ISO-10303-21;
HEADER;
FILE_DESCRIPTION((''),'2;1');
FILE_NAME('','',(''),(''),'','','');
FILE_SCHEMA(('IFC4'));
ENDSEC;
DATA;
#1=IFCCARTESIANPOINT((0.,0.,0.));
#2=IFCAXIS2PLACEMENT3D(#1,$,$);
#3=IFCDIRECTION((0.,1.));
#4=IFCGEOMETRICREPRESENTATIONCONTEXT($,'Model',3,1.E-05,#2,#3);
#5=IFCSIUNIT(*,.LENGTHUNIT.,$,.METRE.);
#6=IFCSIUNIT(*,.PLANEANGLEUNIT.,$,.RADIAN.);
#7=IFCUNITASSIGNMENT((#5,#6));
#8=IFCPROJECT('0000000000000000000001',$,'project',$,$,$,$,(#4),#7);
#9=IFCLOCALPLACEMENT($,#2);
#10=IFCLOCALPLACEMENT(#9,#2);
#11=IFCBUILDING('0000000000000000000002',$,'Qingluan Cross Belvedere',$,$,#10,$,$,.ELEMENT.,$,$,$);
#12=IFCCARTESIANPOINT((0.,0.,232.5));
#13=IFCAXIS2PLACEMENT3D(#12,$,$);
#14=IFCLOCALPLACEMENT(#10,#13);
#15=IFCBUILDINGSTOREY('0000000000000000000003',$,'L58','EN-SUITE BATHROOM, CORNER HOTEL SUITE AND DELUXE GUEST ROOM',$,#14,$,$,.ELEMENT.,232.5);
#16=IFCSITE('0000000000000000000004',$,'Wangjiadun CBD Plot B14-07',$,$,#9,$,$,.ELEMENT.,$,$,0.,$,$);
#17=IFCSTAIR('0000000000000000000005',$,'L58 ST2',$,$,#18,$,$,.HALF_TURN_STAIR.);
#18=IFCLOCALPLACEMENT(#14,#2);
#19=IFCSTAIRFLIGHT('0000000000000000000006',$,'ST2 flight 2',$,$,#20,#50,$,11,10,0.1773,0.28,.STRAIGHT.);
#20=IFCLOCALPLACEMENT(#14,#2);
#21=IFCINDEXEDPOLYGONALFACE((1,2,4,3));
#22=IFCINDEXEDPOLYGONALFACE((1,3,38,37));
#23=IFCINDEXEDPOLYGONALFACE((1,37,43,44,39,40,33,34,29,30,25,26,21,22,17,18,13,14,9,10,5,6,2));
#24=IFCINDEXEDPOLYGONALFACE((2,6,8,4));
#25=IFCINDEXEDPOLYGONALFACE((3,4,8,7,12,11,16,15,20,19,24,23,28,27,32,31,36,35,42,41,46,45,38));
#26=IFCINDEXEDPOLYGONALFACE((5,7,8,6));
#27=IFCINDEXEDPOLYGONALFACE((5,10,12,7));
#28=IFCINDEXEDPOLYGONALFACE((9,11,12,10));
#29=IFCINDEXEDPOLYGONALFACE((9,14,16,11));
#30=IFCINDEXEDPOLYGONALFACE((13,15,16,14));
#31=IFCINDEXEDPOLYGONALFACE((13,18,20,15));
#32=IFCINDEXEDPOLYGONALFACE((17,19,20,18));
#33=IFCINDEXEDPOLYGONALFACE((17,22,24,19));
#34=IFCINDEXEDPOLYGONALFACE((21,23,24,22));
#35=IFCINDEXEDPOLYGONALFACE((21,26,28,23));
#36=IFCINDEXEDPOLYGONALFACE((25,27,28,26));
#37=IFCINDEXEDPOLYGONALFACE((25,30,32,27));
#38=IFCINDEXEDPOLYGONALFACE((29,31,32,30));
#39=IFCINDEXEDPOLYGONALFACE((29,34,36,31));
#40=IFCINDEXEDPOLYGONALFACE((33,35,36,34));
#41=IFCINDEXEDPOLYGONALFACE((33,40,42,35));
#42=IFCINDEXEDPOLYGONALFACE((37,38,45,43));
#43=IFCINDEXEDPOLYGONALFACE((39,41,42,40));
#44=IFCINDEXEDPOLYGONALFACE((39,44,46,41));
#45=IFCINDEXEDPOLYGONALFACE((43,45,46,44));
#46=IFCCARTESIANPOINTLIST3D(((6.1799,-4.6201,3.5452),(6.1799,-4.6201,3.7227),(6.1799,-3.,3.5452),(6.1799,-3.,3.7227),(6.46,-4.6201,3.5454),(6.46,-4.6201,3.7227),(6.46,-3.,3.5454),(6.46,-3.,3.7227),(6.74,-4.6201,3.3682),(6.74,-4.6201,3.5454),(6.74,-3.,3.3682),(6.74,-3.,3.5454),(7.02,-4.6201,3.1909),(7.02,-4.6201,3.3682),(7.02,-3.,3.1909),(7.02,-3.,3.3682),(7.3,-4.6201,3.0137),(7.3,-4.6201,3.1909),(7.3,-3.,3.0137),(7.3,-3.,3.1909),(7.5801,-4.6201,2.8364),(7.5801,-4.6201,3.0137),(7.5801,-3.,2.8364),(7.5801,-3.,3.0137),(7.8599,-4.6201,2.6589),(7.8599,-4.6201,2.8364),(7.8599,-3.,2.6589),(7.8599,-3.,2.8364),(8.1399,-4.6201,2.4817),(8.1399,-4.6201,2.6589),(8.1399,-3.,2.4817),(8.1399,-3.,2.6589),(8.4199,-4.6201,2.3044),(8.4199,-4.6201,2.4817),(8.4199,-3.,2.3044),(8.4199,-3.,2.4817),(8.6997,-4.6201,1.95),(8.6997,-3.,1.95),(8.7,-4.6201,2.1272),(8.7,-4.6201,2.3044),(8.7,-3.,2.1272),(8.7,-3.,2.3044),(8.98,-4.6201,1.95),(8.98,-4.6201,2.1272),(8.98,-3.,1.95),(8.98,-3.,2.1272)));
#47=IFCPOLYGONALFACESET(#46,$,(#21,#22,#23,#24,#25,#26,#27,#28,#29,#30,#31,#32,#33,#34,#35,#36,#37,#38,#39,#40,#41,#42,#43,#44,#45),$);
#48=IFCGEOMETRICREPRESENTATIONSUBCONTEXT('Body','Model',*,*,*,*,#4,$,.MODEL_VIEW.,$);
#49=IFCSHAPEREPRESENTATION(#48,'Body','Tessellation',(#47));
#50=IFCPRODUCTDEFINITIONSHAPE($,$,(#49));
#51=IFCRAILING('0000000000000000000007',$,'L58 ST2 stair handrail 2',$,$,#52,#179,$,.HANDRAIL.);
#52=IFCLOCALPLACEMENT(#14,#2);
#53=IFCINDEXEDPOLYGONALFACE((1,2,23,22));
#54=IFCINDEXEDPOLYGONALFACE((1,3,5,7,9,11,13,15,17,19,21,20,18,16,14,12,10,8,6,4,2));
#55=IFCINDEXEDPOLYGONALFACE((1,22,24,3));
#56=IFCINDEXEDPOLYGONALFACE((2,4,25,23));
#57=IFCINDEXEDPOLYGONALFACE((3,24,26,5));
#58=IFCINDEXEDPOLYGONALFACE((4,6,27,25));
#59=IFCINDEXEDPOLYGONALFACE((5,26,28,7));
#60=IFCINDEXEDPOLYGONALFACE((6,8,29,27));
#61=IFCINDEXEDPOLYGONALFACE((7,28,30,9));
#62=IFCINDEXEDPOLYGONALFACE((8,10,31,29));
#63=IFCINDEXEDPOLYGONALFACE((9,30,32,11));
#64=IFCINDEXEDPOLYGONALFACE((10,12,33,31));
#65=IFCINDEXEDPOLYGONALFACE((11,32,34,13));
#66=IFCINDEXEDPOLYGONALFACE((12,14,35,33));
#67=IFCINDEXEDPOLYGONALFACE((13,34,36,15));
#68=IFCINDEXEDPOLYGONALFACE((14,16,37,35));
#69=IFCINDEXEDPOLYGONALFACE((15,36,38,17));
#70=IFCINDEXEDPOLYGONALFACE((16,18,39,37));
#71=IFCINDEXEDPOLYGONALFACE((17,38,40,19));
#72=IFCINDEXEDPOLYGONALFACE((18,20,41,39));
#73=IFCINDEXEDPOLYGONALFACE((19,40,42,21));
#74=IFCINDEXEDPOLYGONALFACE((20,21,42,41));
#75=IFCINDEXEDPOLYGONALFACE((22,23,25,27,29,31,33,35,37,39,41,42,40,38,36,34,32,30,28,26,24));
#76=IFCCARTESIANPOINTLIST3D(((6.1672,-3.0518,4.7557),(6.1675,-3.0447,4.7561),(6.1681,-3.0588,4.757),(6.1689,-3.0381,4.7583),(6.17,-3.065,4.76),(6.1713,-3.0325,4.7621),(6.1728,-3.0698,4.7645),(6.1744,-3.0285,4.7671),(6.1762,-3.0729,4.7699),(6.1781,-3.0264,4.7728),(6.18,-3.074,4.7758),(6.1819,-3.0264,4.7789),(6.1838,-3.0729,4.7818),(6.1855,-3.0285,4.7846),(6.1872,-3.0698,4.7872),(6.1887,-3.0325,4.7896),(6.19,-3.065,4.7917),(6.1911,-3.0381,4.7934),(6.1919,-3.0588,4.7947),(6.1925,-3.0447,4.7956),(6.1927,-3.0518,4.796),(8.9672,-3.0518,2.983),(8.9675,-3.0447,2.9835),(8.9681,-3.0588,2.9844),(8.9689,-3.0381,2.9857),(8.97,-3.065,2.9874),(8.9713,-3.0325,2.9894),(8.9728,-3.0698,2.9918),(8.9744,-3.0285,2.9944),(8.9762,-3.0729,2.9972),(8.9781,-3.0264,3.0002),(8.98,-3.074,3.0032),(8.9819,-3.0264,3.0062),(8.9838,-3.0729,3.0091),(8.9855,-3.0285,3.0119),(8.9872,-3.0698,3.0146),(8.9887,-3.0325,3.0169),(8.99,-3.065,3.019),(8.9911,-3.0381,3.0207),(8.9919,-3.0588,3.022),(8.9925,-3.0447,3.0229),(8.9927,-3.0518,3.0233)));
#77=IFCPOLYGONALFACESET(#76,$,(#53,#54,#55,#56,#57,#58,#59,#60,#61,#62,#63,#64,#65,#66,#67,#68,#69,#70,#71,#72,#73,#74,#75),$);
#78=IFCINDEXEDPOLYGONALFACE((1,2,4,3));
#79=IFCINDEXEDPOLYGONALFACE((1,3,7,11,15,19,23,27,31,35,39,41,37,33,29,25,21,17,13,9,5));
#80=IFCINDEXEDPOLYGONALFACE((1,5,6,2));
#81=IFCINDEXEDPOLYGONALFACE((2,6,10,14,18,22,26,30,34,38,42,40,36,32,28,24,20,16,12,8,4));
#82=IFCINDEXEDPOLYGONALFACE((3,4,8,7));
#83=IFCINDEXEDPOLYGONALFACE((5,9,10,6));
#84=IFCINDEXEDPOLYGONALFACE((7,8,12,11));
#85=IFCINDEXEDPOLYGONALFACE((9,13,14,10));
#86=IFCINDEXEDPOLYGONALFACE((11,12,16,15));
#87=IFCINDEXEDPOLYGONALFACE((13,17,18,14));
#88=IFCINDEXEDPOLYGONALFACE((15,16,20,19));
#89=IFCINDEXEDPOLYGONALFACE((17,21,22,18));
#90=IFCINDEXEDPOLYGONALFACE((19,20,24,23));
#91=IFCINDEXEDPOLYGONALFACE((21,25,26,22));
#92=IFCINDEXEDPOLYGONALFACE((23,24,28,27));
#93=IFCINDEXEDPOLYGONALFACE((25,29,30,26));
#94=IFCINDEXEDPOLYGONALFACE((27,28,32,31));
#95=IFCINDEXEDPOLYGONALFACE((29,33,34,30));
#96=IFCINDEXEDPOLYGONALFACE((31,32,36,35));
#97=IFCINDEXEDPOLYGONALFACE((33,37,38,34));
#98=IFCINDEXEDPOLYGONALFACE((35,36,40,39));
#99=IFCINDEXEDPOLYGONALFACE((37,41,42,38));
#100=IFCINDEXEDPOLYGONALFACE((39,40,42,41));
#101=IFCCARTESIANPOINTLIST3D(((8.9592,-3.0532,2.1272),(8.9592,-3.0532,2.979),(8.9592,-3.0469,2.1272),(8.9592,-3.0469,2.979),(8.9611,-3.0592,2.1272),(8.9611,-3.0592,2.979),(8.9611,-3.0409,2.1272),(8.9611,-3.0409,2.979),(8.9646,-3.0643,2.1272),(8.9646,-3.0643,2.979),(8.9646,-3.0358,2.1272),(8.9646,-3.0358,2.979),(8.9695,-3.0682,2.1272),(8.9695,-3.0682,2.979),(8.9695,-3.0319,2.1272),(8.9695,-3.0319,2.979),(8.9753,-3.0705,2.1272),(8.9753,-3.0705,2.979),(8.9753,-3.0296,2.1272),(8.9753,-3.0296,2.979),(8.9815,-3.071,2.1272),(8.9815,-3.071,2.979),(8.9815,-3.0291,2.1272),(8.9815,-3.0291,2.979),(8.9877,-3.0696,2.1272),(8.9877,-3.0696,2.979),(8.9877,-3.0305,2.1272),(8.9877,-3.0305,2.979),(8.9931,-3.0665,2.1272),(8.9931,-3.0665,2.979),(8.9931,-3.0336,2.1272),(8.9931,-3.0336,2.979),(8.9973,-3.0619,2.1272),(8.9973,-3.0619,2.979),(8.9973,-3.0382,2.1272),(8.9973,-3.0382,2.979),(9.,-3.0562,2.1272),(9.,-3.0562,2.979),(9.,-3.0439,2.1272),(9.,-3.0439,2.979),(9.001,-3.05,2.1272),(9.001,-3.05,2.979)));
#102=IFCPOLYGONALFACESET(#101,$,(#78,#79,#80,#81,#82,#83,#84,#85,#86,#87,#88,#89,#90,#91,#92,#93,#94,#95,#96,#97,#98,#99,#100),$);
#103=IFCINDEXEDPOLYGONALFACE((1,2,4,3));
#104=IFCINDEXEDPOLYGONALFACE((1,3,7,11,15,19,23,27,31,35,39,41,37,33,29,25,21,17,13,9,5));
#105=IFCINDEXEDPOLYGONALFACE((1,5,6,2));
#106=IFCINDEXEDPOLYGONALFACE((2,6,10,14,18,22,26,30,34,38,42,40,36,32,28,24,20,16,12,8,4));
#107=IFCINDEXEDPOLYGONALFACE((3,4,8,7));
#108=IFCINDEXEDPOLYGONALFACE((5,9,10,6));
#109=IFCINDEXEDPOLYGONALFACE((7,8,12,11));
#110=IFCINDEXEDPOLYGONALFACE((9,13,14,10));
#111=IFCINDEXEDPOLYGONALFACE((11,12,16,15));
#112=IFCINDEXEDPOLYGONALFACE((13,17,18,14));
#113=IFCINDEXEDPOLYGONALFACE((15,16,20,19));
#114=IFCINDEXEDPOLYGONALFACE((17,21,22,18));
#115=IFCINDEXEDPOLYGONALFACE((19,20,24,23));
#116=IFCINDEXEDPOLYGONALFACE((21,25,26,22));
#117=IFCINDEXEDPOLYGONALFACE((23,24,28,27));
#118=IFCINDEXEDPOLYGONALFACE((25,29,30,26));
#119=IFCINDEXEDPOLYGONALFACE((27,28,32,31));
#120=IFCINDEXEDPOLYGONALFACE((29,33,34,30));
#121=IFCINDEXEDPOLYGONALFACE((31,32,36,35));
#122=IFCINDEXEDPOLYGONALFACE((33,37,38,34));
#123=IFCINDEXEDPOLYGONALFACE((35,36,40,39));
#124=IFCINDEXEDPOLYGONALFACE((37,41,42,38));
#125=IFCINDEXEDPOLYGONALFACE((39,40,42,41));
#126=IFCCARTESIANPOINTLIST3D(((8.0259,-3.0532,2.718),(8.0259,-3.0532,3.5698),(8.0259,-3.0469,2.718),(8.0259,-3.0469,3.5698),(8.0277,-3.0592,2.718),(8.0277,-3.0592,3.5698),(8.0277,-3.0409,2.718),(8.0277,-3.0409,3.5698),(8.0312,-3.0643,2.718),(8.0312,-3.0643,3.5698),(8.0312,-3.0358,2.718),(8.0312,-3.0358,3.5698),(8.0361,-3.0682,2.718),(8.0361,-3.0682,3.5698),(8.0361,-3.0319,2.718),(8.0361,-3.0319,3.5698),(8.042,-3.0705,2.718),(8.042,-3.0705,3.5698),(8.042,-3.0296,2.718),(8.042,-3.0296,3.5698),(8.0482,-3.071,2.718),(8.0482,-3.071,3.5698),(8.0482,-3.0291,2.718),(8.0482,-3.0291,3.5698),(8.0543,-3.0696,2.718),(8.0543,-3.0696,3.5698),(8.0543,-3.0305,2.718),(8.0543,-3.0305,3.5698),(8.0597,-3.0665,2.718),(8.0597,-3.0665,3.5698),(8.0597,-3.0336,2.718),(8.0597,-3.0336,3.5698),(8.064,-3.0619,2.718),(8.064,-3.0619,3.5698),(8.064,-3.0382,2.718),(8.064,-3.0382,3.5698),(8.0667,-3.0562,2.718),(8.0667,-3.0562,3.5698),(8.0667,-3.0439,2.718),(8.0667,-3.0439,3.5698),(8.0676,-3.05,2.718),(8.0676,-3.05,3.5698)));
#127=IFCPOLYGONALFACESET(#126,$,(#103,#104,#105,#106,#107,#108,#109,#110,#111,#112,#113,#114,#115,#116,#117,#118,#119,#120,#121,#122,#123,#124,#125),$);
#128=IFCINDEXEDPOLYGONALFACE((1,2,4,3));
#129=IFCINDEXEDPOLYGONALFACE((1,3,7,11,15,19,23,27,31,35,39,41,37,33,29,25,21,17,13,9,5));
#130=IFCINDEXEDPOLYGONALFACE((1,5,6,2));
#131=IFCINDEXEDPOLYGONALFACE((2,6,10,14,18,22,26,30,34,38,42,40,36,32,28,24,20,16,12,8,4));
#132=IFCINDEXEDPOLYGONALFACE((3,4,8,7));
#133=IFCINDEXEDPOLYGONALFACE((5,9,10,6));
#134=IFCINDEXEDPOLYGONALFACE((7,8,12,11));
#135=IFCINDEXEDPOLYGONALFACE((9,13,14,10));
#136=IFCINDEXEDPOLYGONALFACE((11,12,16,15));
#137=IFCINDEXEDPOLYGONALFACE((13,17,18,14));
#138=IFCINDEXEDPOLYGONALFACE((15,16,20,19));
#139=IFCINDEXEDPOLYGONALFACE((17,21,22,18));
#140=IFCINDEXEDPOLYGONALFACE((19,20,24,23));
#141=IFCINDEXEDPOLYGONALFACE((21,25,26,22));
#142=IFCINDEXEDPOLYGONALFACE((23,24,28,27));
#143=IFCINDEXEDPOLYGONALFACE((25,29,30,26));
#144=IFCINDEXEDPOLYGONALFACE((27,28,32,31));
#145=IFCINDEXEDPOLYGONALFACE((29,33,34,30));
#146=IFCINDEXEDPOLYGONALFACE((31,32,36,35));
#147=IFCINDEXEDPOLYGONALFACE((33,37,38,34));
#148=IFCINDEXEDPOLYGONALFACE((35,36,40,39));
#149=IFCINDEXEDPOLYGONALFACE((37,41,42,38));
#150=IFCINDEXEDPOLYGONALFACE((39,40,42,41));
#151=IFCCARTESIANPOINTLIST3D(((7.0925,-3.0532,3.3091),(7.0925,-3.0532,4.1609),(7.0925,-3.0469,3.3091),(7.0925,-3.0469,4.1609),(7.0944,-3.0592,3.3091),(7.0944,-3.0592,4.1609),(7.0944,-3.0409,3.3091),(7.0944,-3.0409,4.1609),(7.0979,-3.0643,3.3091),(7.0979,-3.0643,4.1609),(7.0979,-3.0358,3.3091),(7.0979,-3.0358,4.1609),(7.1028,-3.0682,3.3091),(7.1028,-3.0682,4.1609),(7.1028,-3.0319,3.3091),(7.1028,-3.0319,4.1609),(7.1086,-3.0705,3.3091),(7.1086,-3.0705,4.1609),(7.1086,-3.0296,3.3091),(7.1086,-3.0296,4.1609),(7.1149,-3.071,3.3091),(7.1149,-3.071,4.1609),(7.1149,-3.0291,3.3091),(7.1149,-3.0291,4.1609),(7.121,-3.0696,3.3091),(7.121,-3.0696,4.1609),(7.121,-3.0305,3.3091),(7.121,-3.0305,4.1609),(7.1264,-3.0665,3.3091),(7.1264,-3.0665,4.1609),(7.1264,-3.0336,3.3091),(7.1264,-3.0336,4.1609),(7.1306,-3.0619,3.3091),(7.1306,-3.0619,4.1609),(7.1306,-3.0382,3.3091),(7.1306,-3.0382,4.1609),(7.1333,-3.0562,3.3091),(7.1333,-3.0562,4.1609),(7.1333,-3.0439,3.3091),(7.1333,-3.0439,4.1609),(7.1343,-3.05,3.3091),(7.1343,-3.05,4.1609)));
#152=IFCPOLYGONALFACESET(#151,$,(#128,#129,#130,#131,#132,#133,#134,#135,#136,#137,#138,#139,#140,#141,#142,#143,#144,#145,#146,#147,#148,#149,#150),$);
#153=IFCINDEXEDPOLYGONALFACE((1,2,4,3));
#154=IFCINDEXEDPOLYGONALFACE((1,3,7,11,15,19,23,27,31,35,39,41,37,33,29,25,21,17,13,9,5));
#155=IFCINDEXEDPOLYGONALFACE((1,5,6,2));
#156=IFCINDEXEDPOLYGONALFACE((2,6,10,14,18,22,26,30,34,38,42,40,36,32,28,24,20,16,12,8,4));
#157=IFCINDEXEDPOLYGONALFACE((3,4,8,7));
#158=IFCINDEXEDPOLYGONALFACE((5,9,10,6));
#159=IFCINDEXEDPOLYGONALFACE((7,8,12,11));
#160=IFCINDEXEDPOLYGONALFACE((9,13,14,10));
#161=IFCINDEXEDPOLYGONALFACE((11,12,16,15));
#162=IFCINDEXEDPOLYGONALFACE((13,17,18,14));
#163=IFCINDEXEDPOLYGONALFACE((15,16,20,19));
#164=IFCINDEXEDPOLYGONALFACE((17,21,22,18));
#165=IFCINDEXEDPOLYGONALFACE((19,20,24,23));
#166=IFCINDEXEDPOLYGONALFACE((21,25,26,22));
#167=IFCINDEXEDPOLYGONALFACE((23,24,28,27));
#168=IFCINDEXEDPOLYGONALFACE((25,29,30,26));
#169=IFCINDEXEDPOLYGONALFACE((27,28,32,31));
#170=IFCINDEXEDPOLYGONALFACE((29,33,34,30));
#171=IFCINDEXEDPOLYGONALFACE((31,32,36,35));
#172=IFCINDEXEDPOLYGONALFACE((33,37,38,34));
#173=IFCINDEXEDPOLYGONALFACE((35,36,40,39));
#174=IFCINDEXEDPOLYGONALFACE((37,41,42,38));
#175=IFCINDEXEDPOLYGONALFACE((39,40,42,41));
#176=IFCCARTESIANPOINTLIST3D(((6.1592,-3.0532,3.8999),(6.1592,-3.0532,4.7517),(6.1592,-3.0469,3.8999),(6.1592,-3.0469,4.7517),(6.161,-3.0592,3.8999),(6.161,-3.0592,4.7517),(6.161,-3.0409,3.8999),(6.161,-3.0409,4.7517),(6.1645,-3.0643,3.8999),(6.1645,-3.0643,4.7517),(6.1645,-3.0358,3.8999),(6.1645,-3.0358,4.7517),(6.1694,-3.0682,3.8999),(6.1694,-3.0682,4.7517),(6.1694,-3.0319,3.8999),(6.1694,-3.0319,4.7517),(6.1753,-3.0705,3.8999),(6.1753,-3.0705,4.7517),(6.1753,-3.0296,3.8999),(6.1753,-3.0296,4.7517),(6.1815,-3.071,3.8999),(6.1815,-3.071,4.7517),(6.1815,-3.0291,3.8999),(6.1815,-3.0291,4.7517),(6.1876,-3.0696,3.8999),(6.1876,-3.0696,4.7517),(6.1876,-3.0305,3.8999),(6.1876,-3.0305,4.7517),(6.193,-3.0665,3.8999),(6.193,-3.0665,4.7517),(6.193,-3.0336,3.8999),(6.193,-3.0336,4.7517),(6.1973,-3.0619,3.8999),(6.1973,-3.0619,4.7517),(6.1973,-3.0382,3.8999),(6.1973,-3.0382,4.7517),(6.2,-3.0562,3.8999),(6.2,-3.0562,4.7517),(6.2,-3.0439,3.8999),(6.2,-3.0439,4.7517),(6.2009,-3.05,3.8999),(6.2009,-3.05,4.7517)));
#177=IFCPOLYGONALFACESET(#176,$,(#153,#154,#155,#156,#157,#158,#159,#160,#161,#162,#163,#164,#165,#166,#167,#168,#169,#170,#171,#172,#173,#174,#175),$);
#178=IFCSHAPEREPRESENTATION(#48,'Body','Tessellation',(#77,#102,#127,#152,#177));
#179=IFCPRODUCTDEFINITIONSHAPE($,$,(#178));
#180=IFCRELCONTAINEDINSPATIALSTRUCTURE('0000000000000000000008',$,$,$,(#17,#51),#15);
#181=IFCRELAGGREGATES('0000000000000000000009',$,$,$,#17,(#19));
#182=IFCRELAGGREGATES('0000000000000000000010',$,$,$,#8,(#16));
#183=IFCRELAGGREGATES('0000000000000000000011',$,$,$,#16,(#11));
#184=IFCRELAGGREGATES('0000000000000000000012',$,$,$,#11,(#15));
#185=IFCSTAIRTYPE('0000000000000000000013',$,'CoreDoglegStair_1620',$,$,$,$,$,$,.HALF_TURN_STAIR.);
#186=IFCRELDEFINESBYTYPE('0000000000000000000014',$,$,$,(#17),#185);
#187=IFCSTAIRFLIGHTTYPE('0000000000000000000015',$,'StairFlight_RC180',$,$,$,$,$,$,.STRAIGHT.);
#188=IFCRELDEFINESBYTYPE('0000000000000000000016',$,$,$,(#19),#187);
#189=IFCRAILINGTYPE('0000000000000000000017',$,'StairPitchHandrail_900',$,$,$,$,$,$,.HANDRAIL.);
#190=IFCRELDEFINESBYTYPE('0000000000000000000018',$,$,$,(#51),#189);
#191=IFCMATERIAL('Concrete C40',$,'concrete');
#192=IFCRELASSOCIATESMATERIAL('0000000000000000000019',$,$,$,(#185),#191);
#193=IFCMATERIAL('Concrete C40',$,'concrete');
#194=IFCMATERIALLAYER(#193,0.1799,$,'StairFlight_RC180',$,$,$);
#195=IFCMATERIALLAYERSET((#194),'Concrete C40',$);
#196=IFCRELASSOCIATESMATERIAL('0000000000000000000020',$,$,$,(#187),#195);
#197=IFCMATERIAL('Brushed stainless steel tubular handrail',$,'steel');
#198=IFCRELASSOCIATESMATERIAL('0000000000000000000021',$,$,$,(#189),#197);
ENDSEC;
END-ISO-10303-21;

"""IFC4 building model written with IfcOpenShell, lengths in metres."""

from ifc_helpers import new_model, si_unit, direction, frame, origin, origin_2d, place, context, subcontext, project, spatial, polyline, circle, outline, extrude, material, layer, layer_set, type_object, element, aggregate, save


model = new_model("IFC4")

# Units and contexts
model_context = context("Model", 3, precision=1e-05, world=origin(), true_north=direction((0.0, 1.0)))
body_context = subcontext(model_context, "Body", "Model", "MODEL_VIEW")
ifc_project = project(units=[si_unit("LENGTHUNIT", "METRE"), si_unit("PLANEANGLEUNIT", "RADIAN")], contexts=[model_context])

# Site, building, storey
site_placement = place(None, origin())
site = spatial("IfcSite", under=ifc_project, at=site_placement, Name="Wangjiadun CBD Plot B14-07", CompositionType="ELEMENT", RefElevation=0.0)
building_placement = place(site_placement, origin())
building = spatial("IfcBuilding", under=site, at=building_placement, Name="Qingluan Cross Belvedere", CompositionType="ELEMENT")
storey_placement = place(building_placement, frame((0.0, 0.0, 232.5)))
storey = spatial("IfcBuildingStorey", under=building, at=storey_placement, Name="L58", Description="EN-SUITE BATHROOM, CORNER HOTEL SUITE AND DELUXE GUEST ROOM", CompositionType="ELEMENT", Elevation=232.5)

# Stair, stair flight
ifc_material_1 = material(Name="Concrete C40", Category="concrete")
stair_type = type_object("IfcStairType", Name="CoreDoglegStair_1620", PredefinedType="HALF_TURN_STAIR", material=ifc_material_1)
stair_placement = place(storey_placement, origin())
stair = element("IfcStair", 1, at=stair_placement, inside=storey, type_object=stair_type, Name="L58 ST2", PredefinedType="HALF_TURN_STAIR")
ifc_material_2 = material(Name="Concrete C40", Category="concrete")
ifc_layer_1 = layer(ifc_material_2, 0.1799, Name="StairFlight_RC180")
ifc_layer_set_1 = layer_set([ifc_layer_1], Name="Concrete C40")
stair_flight_type = type_object("IfcStairFlightType", Name="StairFlight_RC180", PredefinedType="STRAIGHT", material=ifc_layer_set_1)
stair_flight_placement = place(storey_placement, frame((8.98, -3.8101, 1.95), z_axis=(0.0, 0.0, 1.0), x_axis=(-1.0, 0.0, 0.0)))
stair_flight = element("IfcStairFlight", 2, at=stair_flight_placement, type_object=stair_flight_type, Name="ST2 flight 2", NumberOfRisers=11, NumberOfTreads=10, PredefinedType="STRAIGHT", RiserHeight=0.1773, TreadLength=0.28, context=body_context, shape_type="SweptSolid", body=[
    extrude(outline(polyline([(0.0, 0.0), (0.0, 0.1772), (0.28, 0.1772), (0.28, 0.3545), (0.5601, 0.3545), (0.5601, 0.5317), (0.8401, 0.5317), (0.8401, 0.709), (1.1201, 0.709), (1.1201, 0.8865), (1.3999, 0.8865), (1.3999, 1.0637), (1.6799, 1.0637), (1.6799, 1.241), (1.96, 1.241), (1.96, 1.4182), (2.24, 1.4182), (2.24, 1.5955), (2.52, 1.5955), (2.52, 1.7727), (2.8, 1.7727), (2.8, 1.95), (2.8, 1.5952), (0.2803, 0.0), (0.0, 0.0)])), frame((0.0, 0.8101, 0.0), z_axis=(0.0, -1.0, 0.0), x_axis=(1.0, 0.0, 0.0)), (0.0, 0.0, 1.0), 1.6201),
])
aggregate(stair, [stair_flight])

# Railing
ifc_material_3 = material(Name="Brushed stainless steel tubular handrail", Category="steel")
railing_type_1 = type_object("IfcRailingType", Name="StairPitchHandrail_900", PredefinedType="HANDRAIL", material=ifc_material_3)
railing_1_placement = place(storey_placement, frame((8.98, -3.05, 2.1272)))
element("IfcRailing", 3, at=railing_1_placement, inside=storey, type_object=railing_type_1, Name="L58 ST2 stair handrail 2", PredefinedType="HANDRAIL", context=body_context, shape_type="SweptSolid", body=[
    extrude(circle(Radius=0.0239, at=origin_2d()), frame((0.0, 0.0, 0.876), z_axis=(-0.844909, 0.0, 0.53491), x_axis=(0.0, -1.0, 0.0)), (0.0, 0.0, 1.0), 3.314),
    extrude(circle(Radius=0.021, at=origin_2d()), origin(), (0.0, 0.0, 1.0), 0.8518),
    extrude(circle(Radius=0.021, at=origin_2d()), frame((-0.9333, 0.0, 0.5908)), (0.0, 0.0, 1.0), 0.8518),
    extrude(circle(Radius=0.021, at=origin_2d()), frame((-1.8667, 0.0, 1.1819)), (0.0, 0.0, 1.0), 0.8518),
    extrude(circle(Radius=0.021, at=origin_2d()), frame((-2.8, 0.0, 1.7727)), (0.0, 0.0, 1.0), 0.8518),
])

save(model, "model.ifc")
